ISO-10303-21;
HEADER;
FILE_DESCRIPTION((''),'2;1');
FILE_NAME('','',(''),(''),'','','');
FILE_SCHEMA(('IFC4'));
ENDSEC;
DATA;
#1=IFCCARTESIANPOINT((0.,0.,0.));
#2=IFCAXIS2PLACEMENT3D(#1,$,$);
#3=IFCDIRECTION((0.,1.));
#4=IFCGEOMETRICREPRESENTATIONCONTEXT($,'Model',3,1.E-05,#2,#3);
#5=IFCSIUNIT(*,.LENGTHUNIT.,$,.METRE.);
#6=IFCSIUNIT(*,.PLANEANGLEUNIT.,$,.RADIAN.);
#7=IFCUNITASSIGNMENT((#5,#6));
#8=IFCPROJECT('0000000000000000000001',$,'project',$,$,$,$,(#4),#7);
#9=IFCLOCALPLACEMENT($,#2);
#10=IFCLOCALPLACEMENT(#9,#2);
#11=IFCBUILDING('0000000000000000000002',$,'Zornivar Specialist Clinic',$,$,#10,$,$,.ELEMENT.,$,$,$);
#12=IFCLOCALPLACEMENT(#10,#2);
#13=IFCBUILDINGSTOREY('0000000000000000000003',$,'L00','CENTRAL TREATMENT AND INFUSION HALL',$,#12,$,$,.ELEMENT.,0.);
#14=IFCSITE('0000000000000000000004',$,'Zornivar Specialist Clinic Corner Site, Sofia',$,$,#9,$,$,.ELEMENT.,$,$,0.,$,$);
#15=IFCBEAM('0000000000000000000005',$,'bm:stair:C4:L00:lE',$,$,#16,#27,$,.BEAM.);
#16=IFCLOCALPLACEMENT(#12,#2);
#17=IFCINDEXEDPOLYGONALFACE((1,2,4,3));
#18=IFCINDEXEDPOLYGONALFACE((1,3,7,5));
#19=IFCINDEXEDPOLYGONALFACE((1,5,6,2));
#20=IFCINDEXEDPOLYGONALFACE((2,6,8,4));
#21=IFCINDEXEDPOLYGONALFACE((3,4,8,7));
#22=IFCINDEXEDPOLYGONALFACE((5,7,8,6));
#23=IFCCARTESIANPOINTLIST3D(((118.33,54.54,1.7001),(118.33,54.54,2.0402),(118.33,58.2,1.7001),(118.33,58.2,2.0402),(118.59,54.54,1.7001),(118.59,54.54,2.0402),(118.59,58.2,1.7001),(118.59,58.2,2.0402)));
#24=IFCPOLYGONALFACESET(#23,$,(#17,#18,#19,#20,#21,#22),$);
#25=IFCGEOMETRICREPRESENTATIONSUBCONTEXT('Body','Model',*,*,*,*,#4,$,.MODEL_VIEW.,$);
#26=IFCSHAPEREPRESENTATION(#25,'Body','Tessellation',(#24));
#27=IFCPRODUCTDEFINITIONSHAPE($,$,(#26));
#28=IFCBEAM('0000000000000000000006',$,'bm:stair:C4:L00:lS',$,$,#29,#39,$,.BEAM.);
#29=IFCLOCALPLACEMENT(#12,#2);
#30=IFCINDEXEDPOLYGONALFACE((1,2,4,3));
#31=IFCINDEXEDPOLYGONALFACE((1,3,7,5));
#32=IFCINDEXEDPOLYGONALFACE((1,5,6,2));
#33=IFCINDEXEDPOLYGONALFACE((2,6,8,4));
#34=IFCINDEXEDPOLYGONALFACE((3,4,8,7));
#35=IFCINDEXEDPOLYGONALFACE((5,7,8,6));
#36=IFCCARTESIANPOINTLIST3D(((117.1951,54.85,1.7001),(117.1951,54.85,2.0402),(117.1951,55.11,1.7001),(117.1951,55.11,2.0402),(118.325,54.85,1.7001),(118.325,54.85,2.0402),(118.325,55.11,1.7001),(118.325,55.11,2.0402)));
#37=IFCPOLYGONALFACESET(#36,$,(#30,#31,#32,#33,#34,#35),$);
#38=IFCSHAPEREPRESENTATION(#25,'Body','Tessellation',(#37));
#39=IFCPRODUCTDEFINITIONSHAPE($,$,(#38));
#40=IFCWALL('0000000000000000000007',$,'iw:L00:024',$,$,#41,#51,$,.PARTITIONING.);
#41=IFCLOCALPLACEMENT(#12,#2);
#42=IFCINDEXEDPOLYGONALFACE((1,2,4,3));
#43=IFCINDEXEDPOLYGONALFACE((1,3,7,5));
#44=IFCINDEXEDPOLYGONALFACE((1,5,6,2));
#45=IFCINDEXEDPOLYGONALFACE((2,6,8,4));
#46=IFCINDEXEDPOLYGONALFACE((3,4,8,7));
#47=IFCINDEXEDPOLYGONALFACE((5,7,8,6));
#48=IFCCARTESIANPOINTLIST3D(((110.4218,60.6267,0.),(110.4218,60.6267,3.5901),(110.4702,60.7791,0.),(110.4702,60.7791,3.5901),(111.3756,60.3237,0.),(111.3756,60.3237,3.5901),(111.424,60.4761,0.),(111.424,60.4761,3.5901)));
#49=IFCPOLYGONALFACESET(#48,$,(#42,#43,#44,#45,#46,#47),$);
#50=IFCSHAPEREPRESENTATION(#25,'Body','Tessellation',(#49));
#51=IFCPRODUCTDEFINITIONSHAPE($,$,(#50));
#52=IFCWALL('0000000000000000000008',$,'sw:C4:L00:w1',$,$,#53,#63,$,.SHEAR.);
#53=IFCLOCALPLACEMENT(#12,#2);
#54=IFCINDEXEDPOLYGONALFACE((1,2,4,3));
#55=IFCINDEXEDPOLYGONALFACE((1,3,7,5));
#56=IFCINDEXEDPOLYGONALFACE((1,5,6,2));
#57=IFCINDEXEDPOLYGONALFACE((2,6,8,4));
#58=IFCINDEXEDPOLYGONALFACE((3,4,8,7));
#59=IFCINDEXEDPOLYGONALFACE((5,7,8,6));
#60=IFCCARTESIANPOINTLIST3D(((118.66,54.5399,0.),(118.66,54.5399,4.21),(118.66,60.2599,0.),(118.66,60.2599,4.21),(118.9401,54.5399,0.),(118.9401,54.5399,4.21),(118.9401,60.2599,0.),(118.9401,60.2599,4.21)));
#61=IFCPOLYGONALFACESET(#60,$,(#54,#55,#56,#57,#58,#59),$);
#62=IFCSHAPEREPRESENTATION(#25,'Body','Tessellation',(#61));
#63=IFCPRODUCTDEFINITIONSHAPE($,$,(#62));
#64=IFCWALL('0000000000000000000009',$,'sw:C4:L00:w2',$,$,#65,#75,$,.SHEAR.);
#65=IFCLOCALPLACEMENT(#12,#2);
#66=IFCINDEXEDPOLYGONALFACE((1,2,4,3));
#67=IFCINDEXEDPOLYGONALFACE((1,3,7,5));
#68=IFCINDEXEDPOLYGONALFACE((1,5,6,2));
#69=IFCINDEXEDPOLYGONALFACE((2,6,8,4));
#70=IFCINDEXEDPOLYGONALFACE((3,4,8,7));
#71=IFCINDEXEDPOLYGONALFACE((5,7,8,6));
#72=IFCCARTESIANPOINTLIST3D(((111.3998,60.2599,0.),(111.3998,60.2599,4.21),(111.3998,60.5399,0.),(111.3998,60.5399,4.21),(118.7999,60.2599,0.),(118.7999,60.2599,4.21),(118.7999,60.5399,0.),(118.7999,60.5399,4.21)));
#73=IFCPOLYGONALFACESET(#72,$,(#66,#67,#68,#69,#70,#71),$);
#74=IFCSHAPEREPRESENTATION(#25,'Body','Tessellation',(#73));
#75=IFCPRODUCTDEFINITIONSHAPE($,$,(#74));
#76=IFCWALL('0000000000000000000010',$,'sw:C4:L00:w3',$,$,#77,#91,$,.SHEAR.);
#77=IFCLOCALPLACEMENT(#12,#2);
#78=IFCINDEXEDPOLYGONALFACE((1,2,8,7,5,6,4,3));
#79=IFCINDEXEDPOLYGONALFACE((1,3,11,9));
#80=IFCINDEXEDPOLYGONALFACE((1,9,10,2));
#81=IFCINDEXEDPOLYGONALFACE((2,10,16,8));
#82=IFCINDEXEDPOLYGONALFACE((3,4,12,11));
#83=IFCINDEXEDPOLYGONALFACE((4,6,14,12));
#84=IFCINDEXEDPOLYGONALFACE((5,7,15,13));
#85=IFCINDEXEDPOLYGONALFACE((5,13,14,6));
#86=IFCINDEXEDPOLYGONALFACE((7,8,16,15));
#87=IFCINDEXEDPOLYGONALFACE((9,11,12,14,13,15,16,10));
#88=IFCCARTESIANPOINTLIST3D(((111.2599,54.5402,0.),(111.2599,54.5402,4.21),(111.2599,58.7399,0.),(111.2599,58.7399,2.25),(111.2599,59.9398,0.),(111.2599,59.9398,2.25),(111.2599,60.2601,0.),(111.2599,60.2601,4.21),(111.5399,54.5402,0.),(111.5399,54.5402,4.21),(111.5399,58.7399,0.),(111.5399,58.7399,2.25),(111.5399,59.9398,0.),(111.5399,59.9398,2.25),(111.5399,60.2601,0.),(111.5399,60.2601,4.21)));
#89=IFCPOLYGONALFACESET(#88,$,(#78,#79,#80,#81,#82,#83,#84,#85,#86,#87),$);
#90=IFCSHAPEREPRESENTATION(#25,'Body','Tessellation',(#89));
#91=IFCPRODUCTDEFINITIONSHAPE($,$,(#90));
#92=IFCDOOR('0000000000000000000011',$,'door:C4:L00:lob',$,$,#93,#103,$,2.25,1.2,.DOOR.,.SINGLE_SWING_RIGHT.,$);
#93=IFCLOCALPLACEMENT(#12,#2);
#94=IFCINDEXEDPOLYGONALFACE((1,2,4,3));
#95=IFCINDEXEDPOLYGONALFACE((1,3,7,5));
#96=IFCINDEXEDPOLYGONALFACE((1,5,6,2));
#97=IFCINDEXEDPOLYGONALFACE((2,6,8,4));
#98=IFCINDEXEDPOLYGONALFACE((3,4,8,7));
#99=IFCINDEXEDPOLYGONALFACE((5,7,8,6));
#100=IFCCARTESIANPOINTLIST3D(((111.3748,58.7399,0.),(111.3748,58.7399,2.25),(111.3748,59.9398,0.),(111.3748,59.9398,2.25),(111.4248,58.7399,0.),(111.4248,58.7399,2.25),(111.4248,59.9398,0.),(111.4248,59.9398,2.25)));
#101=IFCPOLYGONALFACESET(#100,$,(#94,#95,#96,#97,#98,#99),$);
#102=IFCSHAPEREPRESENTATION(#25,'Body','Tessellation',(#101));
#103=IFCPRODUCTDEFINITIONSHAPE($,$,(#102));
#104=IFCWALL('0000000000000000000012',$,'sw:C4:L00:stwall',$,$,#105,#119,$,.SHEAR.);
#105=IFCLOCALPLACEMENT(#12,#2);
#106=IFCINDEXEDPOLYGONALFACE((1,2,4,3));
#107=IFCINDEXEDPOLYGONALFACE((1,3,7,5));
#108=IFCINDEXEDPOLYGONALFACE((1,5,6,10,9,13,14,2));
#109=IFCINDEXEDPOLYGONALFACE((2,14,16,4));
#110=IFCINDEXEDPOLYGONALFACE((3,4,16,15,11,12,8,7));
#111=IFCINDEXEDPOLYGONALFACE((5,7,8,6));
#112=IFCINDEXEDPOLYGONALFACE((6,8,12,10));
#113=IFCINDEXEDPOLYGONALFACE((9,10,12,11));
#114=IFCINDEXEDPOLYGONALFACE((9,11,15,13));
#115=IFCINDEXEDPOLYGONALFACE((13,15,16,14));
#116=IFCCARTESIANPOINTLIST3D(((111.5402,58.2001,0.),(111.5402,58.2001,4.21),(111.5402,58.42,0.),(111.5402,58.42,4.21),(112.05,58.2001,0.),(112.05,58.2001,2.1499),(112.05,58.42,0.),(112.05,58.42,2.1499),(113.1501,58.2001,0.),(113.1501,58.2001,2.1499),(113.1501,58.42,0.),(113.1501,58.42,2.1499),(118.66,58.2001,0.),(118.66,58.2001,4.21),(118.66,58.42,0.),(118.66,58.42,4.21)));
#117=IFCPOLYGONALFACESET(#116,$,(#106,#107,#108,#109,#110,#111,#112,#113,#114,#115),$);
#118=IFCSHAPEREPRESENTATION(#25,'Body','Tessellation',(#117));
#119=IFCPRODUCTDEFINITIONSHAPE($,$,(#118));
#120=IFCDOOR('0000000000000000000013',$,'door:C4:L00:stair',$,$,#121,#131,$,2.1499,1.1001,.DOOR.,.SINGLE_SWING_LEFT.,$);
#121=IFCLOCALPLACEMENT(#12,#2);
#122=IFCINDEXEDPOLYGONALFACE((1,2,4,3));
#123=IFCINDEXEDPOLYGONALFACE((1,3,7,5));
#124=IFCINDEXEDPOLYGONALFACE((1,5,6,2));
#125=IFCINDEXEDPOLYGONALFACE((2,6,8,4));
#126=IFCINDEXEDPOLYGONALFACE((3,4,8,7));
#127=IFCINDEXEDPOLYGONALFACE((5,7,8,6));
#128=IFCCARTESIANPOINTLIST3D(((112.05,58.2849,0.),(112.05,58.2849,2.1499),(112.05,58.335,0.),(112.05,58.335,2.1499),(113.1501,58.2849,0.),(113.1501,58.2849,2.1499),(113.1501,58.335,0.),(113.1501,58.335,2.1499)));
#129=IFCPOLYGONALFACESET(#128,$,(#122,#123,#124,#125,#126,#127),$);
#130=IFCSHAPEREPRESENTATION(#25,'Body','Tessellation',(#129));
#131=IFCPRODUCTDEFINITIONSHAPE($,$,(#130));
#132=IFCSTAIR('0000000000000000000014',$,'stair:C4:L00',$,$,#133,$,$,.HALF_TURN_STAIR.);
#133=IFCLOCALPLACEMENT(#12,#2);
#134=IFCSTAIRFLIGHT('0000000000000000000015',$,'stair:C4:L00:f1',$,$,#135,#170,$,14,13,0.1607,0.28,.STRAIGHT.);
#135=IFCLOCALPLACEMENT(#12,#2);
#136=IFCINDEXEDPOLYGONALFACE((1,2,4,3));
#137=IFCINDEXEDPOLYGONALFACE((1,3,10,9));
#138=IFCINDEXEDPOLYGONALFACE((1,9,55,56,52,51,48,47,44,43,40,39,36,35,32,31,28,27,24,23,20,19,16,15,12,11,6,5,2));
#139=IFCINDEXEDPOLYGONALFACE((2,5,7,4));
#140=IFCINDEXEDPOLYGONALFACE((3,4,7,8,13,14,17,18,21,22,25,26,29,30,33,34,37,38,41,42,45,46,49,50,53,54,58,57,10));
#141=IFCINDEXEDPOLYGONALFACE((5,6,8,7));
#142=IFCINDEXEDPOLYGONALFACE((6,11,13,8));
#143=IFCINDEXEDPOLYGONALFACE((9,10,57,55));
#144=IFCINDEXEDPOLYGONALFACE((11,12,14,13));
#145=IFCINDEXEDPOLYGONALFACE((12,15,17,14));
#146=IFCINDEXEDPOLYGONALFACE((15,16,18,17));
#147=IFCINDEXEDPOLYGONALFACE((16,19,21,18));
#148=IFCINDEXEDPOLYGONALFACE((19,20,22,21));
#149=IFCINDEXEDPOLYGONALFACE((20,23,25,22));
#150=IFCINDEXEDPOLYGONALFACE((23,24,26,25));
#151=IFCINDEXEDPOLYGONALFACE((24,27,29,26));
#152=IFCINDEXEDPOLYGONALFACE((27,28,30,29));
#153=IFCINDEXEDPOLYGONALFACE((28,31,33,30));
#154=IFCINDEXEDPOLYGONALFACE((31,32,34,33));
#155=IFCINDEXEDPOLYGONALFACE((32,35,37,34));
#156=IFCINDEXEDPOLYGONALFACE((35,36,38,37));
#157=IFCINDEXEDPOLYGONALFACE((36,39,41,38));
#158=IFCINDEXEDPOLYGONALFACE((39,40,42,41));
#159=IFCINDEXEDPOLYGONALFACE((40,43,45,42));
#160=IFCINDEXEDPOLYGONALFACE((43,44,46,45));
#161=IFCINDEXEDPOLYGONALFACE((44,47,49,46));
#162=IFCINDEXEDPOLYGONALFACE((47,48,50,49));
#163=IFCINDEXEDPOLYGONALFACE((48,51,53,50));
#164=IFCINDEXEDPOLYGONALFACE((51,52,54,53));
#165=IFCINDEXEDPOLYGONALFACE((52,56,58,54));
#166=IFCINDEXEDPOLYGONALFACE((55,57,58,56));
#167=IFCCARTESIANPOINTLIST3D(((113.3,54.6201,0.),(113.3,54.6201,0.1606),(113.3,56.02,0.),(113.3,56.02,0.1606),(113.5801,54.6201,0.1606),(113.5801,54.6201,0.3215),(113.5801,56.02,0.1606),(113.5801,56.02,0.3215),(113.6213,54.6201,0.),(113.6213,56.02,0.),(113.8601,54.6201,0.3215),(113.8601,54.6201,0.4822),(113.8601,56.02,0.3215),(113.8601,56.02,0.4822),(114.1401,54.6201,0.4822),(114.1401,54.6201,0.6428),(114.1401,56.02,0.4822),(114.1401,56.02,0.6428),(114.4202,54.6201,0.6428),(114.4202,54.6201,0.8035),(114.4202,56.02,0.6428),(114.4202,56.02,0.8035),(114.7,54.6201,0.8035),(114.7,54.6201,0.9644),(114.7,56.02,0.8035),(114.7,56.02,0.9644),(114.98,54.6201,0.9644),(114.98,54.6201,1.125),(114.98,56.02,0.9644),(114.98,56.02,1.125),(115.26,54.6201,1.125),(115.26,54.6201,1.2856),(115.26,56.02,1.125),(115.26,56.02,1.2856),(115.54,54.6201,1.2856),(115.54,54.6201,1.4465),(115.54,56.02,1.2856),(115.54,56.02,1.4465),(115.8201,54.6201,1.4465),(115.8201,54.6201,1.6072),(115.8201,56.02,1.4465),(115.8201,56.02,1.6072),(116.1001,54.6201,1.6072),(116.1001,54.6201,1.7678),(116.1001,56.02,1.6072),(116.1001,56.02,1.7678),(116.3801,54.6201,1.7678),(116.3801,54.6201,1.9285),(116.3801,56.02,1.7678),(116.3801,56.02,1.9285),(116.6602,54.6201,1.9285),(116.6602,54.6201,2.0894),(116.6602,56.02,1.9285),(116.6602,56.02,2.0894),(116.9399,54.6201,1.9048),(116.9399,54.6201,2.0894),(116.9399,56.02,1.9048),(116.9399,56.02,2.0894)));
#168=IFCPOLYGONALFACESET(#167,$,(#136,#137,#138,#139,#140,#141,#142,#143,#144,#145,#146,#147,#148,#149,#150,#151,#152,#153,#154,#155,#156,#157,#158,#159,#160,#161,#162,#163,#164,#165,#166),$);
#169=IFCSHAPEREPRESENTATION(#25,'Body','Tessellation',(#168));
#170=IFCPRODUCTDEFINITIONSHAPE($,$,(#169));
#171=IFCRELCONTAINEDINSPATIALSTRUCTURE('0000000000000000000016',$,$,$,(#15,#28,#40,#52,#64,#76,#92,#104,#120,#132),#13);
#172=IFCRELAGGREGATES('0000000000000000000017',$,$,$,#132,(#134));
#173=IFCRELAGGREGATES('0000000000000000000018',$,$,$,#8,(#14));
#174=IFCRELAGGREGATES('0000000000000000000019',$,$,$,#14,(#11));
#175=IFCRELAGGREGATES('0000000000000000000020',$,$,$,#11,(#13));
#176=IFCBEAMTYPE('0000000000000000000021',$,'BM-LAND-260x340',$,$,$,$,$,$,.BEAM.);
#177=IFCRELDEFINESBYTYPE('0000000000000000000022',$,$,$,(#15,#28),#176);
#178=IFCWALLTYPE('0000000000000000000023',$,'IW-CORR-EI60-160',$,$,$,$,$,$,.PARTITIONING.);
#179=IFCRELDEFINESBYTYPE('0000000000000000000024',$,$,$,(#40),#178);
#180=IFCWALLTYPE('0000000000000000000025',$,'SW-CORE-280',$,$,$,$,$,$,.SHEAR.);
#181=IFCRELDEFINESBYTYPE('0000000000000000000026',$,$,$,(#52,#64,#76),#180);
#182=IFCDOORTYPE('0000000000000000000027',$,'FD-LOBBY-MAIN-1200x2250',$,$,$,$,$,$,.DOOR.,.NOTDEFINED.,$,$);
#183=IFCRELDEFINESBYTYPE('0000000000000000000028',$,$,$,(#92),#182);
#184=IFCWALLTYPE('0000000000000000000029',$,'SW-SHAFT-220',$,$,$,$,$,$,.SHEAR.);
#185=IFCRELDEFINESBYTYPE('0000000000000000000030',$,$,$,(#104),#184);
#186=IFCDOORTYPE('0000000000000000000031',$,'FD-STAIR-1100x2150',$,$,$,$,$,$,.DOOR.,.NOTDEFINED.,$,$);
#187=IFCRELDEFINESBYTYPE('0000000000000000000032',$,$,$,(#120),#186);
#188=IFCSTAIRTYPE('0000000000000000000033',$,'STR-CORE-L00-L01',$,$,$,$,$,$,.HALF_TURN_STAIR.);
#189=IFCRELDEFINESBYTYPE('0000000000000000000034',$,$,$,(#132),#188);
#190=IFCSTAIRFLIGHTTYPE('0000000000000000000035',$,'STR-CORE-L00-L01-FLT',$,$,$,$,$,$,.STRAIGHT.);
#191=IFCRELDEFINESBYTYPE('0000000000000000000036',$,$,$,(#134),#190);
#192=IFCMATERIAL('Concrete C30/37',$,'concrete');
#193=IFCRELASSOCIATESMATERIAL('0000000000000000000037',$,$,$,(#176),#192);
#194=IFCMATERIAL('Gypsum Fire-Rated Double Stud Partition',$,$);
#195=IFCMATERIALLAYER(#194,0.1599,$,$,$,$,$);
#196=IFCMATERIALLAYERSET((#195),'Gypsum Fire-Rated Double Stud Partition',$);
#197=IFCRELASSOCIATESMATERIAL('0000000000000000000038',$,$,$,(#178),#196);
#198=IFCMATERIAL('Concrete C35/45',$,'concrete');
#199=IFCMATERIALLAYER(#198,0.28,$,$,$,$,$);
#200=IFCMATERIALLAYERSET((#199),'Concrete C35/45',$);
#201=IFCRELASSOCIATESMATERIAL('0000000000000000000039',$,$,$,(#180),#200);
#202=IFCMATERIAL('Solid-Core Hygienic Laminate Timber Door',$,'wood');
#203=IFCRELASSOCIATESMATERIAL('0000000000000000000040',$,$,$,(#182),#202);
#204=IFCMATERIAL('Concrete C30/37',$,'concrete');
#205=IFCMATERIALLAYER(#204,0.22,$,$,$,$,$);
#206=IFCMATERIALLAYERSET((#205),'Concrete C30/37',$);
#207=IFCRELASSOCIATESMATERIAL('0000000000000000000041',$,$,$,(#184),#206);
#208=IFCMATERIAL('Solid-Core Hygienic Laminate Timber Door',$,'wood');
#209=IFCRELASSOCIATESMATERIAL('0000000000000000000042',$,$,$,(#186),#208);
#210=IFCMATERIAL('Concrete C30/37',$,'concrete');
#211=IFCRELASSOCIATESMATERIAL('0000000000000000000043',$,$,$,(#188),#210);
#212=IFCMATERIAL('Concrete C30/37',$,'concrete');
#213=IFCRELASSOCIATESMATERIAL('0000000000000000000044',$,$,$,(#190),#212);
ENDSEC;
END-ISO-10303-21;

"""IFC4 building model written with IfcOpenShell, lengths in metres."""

from ifc_helpers import new_model, si_unit, direction, frame, frame_2d, origin, origin_2d, place, context, subcontext, project, spatial, polyline, rectangle, outline, extrude, material, layer, layer_set, material_profile, profile_set, type_object, element, fill, aggregate, save


model = new_model("IFC4")

# Units and contexts
model_context = context("Model", 3, precision=1e-05, world=origin(), true_north=direction((0.0, 1.0)))
body_context = subcontext(model_context, "Body", "Model", "MODEL_VIEW")
ifc_project = project(units=[si_unit("LENGTHUNIT", "METRE"), si_unit("PLANEANGLEUNIT", "RADIAN")], contexts=[model_context])

# Site, building, storey
site_placement = place(None, origin())
site = spatial("IfcSite", under=ifc_project, at=site_placement, Name="Zornivar Specialist Clinic Corner Site, Sofia", CompositionType="ELEMENT", RefElevation=0.0)
building_placement = place(site_placement, origin())
building = spatial("IfcBuilding", under=site, at=building_placement, Name="Zornivar Specialist Clinic", CompositionType="ELEMENT")
storey_placement = place(building_placement, origin())
storey = spatial("IfcBuildingStorey", under=building, at=storey_placement, Name="L00", Description="CENTRAL TREATMENT AND INFUSION HALL", CompositionType="ELEMENT", Elevation=0.0)

# Beams
ifc_material_1 = material(Name="Concrete C30/37", Category="concrete")
ifc_material_profile_1 = material_profile(ifc_material_1, rectangle(XDim=0.26, YDim=0.3401, at=origin_2d()), Name="RC 260x340")
ifc_profile_set_1 = profile_set([ifc_material_profile_1], Name="Concrete C30/37")
beam_type = type_object("IfcBeamType", Name="BM-LAND-260x340", PredefinedType="BEAM", material=ifc_profile_set_1)
for number, where, z_axis, x_axis, name in (
    (1, (118.46, 54.54, 1.8701), (0.0, 1.0, 0.0), (-1.0, 0.0, 0.0), "bm:stair:C4:L00:lE"),
):
    element("IfcBeam", number, at=place(storey_placement, frame(where, z_axis=z_axis, x_axis=x_axis)), inside=storey, type_object=beam_type, Name=name, PredefinedType="BEAM", context=body_context, shape_type="SweptSolid", body=[
        extrude(rectangle(XDim=0.26, YDim=0.3401, at=origin_2d()), origin(), (0.0, 0.0, 1.0), 3.6599),
    ])
beam_placement = place(storey_placement, frame((117.1951, 54.98, 1.8701), z_axis=(1.0, 0.0, 0.0), x_axis=(0.0, 1.0, 0.0)))
element("IfcBeam", 2, at=beam_placement, inside=storey, type_object=beam_type, Name="bm:stair:C4:L00:lS", PredefinedType="BEAM", context=body_context, shape_type="SweptSolid", body=[
    extrude(rectangle(XDim=0.26, YDim=0.3401, at=origin_2d()), origin(), (0.0, 0.0, 1.0), 1.1299),
])

# Walls
ifc_material_2 = material(Name="Gypsum Fire-Rated Double Stud Partition")
ifc_layer_1 = layer(ifc_material_2, 0.1599)
ifc_layer_set_1 = layer_set([ifc_layer_1], Name="Gypsum Fire-Rated Double Stud Partition")
wall_type_1 = type_object("IfcWallType", Name="IW-CORR-EI60-160", PredefinedType="PARTITIONING", material=ifc_layer_set_1)
wall_1_placement = place(storey_placement, frame((111.3999, 60.3999, 0.0), z_axis=(0.0, 0.0, 1.0), x_axis=(-0.953076, 0.30273, 0.0)))
element("IfcWall", 3, at=wall_1_placement, inside=storey, type_object=wall_type_1, Name="iw:L00:024", PredefinedType="PARTITIONING", context=body_context, shape_type="SweptSolid", body=[
    extrude(rectangle(XDim=1.0007, YDim=0.1599, at=frame_2d((0.5005, 0.0))), origin(), (0.0, 0.0, 1.0), 3.5901),
])
ifc_material_3 = material(Name="Concrete C35/45", Category="concrete")
ifc_layer_2 = layer(ifc_material_3, 0.28)
ifc_layer_set_2 = layer_set([ifc_layer_2], Name="Concrete C35/45")
wall_type_2 = type_object("IfcWallType", Name="SW-CORE-280", PredefinedType="SHEAR", material=ifc_layer_set_2)
wall_2_placement = place(storey_placement, frame((118.8, 54.54, 0.0), z_axis=(0.0, 0.0, 1.0), x_axis=(0.0, 1.0, 0.0)))
element("IfcWall", 4, at=wall_2_placement, inside=storey, type_object=wall_type_2, Name="sw:C4:L00:w1", PredefinedType="SHEAR", context=body_context, shape_type="SweptSolid", body=[
    extrude(rectangle(XDim=5.72, YDim=0.28, at=frame_2d((2.8599, 0.0))), origin(), (0.0, 0.0, 1.0), 4.21),
])
wall_3_placement = place(storey_placement, frame((118.8, 60.3999, 0.0), z_axis=(0.0, 0.0, 1.0), x_axis=(-1.0, 0.0, 0.0)))
element("IfcWall", 5, at=wall_3_placement, inside=storey, type_object=wall_type_2, Name="sw:C4:L00:w2", PredefinedType="SHEAR", context=body_context, shape_type="SweptSolid", body=[
    extrude(rectangle(XDim=7.4001, YDim=0.28, at=frame_2d((3.7002, 0.0))), origin(), (0.0, 0.0, 1.0), 4.21),
])

# Walls, openings, doors
wall_4_placement = place(storey_placement, frame((111.3999, 60.26, 0.0), z_axis=(0.0, 0.0, 1.0), x_axis=(0.0, -1.0, 0.0)))
wall_4 = element("IfcWall", 6, at=wall_4_placement, inside=storey, type_object=wall_type_2, Name="sw:C4:L00:w3", PredefinedType="SHEAR", context=body_context, shape_type="SweptSolid", body=[
    extrude(rectangle(XDim=5.72, YDim=0.28, at=frame_2d((2.8599, 0.0))), origin(), (0.0, 0.0, 1.0), 4.21),
])
opening_1_placement = place(wall_4_placement, frame((0.3201, 0.0, 0.0)))
opening_1 = element("IfcOpeningElement", 7, at=opening_1_placement, cuts=wall_4, PredefinedType="OPENING", context=body_context, shape_type="SweptSolid", body=[
    extrude(rectangle(XDim=1.2, YDim=2.25, at=frame_2d((0.6001, 1.125))), frame((0.0, 0.1499, 0.0), z_axis=(0.0, -1.0, 0.0), x_axis=(1.0, 0.0, 0.0)), (0.0, 0.0, 1.0), 0.3),
])
ifc_material_4 = material(Name="Solid-Core Hygienic Laminate Timber Door", Category="wood")
door_type_1 = type_object("IfcDoorType", Name="FD-LOBBY-MAIN-1200x2250", OperationType="NOTDEFINED", PredefinedType="DOOR", material=ifc_material_4)
door_1_placement = place(opening_1_placement, origin())
door_1 = element("IfcDoor", 8, at=door_1_placement, inside=storey, type_object=door_type_1, Name="door:C4:L00:lob", OperationType="SINGLE_SWING_RIGHT", OverallHeight=2.25, OverallWidth=1.2, PredefinedType="DOOR", context=body_context, shape_type="SweptSolid", body=[
    extrude(rectangle(XDim=1.2, YDim=2.25, at=frame_2d((0.6001, 1.125))), frame((0.0, 0.0249, 0.0), z_axis=(0.0, -1.0, 0.0), x_axis=(1.0, 0.0, 0.0)), (0.0, 0.0, 1.0), 0.05),
])
fill(opening_1, door_1)
ifc_material_5 = material(Name="Concrete C30/37", Category="concrete")
ifc_layer_3 = layer(ifc_material_5, 0.22)
ifc_layer_set_3 = layer_set([ifc_layer_3], Name="Concrete C30/37")
wall_type_3 = type_object("IfcWallType", Name="SW-SHAFT-220", PredefinedType="SHEAR", material=ifc_layer_set_3)
wall_5_placement = place(storey_placement, frame((111.54, 58.3101, 0.0), z_axis=(0.0, 0.0, 1.0), x_axis=(1.0, 0.0, 0.0)))
wall_5 = element("IfcWall", 9, at=wall_5_placement, inside=storey, type_object=wall_type_3, Name="sw:C4:L00:stwall", PredefinedType="SHEAR", context=body_context, shape_type="SweptSolid", body=[
    extrude(rectangle(XDim=7.1199, YDim=0.22, at=frame_2d((3.5601, 0.0))), origin(), (0.0, 0.0, 1.0), 4.21),
])
opening_2_placement = place(wall_5_placement, frame((0.51, 0.0, 0.0)))
opening_2 = element("IfcOpeningElement", 10, at=opening_2_placement, cuts=wall_5, PredefinedType="OPENING", context=body_context, shape_type="SweptSolid", body=[
    extrude(rectangle(XDim=1.1001, YDim=2.1499, at=frame_2d((0.55, 1.075))), frame((0.0, 0.1199, 0.0), z_axis=(0.0, -1.0, 0.0), x_axis=(1.0, 0.0, 0.0)), (0.0, 0.0, 1.0), 0.24),
])
ifc_material_6 = material(Name="Solid-Core Hygienic Laminate Timber Door", Category="wood")
door_type_2 = type_object("IfcDoorType", Name="FD-STAIR-1100x2150", OperationType="NOTDEFINED", PredefinedType="DOOR", material=ifc_material_6)
door_2_placement = place(opening_2_placement, origin())
door_2 = element("IfcDoor", 11, at=door_2_placement, inside=storey, type_object=door_type_2, Name="door:C4:L00:stair", OperationType="SINGLE_SWING_LEFT", OverallHeight=2.1499, OverallWidth=1.1001, PredefinedType="DOOR", context=body_context, shape_type="SweptSolid", body=[
    extrude(rectangle(XDim=1.1001, YDim=2.1499, at=frame_2d((0.55, 1.075))), frame((0.0, 0.0249, 0.0), z_axis=(0.0, -1.0, 0.0), x_axis=(1.0, 0.0, 0.0)), (0.0, 0.0, 1.0), 0.05),
])
fill(opening_2, door_2)

# Stair, stair flight
ifc_material_7 = material(Name="Concrete C30/37", Category="concrete")
stair_type = type_object("IfcStairType", Name="STR-CORE-L00-L01", PredefinedType="HALF_TURN_STAIR", material=ifc_material_7)
stair_placement = place(storey_placement, origin())
stair = element("IfcStair", 12, at=stair_placement, inside=storey, type_object=stair_type, Name="stair:C4:L00", PredefinedType="HALF_TURN_STAIR")
ifc_material_8 = material(Name="Concrete C30/37", Category="concrete")
stair_flight_type = type_object("IfcStairFlightType", Name="STR-CORE-L00-L01-FLT", PredefinedType="STRAIGHT", material=ifc_material_8)
stair_flight_1_placement = place(storey_placement, frame((113.3, 55.3201, 0.0), z_axis=(0.0, 0.0, 1.0), x_axis=(1.0, 0.0, 0.0)))
stair_flight_1 = element("IfcStairFlight", 13, at=stair_flight_1_placement, type_object=stair_flight_type, Name="stair:C4:L00:f1", NumberOfRisers=14, NumberOfTreads=13, PredefinedType="STRAIGHT", RiserHeight=0.1607, TreadLength=0.28, context=body_context, shape_type="SweptSolid", body=[
    extrude(outline(polyline([(0.0, 0.0), (0.0, 0.1606), (0.28, 0.1606), (0.28, 0.3215), (0.5601, 0.3215), (0.5601, 0.4822), (0.8401, 0.4822), (0.8401, 0.6428), (1.1201, 0.6428), (1.1201, 0.8035), (1.3999, 0.8035), (1.3999, 0.9644), (1.6799, 0.9644), (1.6799, 1.125), (1.96, 1.125), (1.96, 1.2856), (2.24, 1.2856), (2.24, 1.4465), (2.52, 1.4465), (2.52, 1.6072), (2.8, 1.6072), (2.8, 1.7678), (3.0801, 1.7678), (3.0801, 1.9285), (3.3601, 1.9285), (3.3601, 2.0894), (3.6399, 2.0894), (3.6399, 2.25), (3.6399, 1.9048), (0.3213, 0.0), (0.0, 0.0)])), frame((0.0, 0.7, 0.0), z_axis=(0.0, -1.0, 0.0), x_axis=(1.0, 0.0, 0.0)), (0.0, 0.0, 1.0), 1.3999),
])
aggregate(stair, [stair_flight_1])

save(model, "model.ifc")
